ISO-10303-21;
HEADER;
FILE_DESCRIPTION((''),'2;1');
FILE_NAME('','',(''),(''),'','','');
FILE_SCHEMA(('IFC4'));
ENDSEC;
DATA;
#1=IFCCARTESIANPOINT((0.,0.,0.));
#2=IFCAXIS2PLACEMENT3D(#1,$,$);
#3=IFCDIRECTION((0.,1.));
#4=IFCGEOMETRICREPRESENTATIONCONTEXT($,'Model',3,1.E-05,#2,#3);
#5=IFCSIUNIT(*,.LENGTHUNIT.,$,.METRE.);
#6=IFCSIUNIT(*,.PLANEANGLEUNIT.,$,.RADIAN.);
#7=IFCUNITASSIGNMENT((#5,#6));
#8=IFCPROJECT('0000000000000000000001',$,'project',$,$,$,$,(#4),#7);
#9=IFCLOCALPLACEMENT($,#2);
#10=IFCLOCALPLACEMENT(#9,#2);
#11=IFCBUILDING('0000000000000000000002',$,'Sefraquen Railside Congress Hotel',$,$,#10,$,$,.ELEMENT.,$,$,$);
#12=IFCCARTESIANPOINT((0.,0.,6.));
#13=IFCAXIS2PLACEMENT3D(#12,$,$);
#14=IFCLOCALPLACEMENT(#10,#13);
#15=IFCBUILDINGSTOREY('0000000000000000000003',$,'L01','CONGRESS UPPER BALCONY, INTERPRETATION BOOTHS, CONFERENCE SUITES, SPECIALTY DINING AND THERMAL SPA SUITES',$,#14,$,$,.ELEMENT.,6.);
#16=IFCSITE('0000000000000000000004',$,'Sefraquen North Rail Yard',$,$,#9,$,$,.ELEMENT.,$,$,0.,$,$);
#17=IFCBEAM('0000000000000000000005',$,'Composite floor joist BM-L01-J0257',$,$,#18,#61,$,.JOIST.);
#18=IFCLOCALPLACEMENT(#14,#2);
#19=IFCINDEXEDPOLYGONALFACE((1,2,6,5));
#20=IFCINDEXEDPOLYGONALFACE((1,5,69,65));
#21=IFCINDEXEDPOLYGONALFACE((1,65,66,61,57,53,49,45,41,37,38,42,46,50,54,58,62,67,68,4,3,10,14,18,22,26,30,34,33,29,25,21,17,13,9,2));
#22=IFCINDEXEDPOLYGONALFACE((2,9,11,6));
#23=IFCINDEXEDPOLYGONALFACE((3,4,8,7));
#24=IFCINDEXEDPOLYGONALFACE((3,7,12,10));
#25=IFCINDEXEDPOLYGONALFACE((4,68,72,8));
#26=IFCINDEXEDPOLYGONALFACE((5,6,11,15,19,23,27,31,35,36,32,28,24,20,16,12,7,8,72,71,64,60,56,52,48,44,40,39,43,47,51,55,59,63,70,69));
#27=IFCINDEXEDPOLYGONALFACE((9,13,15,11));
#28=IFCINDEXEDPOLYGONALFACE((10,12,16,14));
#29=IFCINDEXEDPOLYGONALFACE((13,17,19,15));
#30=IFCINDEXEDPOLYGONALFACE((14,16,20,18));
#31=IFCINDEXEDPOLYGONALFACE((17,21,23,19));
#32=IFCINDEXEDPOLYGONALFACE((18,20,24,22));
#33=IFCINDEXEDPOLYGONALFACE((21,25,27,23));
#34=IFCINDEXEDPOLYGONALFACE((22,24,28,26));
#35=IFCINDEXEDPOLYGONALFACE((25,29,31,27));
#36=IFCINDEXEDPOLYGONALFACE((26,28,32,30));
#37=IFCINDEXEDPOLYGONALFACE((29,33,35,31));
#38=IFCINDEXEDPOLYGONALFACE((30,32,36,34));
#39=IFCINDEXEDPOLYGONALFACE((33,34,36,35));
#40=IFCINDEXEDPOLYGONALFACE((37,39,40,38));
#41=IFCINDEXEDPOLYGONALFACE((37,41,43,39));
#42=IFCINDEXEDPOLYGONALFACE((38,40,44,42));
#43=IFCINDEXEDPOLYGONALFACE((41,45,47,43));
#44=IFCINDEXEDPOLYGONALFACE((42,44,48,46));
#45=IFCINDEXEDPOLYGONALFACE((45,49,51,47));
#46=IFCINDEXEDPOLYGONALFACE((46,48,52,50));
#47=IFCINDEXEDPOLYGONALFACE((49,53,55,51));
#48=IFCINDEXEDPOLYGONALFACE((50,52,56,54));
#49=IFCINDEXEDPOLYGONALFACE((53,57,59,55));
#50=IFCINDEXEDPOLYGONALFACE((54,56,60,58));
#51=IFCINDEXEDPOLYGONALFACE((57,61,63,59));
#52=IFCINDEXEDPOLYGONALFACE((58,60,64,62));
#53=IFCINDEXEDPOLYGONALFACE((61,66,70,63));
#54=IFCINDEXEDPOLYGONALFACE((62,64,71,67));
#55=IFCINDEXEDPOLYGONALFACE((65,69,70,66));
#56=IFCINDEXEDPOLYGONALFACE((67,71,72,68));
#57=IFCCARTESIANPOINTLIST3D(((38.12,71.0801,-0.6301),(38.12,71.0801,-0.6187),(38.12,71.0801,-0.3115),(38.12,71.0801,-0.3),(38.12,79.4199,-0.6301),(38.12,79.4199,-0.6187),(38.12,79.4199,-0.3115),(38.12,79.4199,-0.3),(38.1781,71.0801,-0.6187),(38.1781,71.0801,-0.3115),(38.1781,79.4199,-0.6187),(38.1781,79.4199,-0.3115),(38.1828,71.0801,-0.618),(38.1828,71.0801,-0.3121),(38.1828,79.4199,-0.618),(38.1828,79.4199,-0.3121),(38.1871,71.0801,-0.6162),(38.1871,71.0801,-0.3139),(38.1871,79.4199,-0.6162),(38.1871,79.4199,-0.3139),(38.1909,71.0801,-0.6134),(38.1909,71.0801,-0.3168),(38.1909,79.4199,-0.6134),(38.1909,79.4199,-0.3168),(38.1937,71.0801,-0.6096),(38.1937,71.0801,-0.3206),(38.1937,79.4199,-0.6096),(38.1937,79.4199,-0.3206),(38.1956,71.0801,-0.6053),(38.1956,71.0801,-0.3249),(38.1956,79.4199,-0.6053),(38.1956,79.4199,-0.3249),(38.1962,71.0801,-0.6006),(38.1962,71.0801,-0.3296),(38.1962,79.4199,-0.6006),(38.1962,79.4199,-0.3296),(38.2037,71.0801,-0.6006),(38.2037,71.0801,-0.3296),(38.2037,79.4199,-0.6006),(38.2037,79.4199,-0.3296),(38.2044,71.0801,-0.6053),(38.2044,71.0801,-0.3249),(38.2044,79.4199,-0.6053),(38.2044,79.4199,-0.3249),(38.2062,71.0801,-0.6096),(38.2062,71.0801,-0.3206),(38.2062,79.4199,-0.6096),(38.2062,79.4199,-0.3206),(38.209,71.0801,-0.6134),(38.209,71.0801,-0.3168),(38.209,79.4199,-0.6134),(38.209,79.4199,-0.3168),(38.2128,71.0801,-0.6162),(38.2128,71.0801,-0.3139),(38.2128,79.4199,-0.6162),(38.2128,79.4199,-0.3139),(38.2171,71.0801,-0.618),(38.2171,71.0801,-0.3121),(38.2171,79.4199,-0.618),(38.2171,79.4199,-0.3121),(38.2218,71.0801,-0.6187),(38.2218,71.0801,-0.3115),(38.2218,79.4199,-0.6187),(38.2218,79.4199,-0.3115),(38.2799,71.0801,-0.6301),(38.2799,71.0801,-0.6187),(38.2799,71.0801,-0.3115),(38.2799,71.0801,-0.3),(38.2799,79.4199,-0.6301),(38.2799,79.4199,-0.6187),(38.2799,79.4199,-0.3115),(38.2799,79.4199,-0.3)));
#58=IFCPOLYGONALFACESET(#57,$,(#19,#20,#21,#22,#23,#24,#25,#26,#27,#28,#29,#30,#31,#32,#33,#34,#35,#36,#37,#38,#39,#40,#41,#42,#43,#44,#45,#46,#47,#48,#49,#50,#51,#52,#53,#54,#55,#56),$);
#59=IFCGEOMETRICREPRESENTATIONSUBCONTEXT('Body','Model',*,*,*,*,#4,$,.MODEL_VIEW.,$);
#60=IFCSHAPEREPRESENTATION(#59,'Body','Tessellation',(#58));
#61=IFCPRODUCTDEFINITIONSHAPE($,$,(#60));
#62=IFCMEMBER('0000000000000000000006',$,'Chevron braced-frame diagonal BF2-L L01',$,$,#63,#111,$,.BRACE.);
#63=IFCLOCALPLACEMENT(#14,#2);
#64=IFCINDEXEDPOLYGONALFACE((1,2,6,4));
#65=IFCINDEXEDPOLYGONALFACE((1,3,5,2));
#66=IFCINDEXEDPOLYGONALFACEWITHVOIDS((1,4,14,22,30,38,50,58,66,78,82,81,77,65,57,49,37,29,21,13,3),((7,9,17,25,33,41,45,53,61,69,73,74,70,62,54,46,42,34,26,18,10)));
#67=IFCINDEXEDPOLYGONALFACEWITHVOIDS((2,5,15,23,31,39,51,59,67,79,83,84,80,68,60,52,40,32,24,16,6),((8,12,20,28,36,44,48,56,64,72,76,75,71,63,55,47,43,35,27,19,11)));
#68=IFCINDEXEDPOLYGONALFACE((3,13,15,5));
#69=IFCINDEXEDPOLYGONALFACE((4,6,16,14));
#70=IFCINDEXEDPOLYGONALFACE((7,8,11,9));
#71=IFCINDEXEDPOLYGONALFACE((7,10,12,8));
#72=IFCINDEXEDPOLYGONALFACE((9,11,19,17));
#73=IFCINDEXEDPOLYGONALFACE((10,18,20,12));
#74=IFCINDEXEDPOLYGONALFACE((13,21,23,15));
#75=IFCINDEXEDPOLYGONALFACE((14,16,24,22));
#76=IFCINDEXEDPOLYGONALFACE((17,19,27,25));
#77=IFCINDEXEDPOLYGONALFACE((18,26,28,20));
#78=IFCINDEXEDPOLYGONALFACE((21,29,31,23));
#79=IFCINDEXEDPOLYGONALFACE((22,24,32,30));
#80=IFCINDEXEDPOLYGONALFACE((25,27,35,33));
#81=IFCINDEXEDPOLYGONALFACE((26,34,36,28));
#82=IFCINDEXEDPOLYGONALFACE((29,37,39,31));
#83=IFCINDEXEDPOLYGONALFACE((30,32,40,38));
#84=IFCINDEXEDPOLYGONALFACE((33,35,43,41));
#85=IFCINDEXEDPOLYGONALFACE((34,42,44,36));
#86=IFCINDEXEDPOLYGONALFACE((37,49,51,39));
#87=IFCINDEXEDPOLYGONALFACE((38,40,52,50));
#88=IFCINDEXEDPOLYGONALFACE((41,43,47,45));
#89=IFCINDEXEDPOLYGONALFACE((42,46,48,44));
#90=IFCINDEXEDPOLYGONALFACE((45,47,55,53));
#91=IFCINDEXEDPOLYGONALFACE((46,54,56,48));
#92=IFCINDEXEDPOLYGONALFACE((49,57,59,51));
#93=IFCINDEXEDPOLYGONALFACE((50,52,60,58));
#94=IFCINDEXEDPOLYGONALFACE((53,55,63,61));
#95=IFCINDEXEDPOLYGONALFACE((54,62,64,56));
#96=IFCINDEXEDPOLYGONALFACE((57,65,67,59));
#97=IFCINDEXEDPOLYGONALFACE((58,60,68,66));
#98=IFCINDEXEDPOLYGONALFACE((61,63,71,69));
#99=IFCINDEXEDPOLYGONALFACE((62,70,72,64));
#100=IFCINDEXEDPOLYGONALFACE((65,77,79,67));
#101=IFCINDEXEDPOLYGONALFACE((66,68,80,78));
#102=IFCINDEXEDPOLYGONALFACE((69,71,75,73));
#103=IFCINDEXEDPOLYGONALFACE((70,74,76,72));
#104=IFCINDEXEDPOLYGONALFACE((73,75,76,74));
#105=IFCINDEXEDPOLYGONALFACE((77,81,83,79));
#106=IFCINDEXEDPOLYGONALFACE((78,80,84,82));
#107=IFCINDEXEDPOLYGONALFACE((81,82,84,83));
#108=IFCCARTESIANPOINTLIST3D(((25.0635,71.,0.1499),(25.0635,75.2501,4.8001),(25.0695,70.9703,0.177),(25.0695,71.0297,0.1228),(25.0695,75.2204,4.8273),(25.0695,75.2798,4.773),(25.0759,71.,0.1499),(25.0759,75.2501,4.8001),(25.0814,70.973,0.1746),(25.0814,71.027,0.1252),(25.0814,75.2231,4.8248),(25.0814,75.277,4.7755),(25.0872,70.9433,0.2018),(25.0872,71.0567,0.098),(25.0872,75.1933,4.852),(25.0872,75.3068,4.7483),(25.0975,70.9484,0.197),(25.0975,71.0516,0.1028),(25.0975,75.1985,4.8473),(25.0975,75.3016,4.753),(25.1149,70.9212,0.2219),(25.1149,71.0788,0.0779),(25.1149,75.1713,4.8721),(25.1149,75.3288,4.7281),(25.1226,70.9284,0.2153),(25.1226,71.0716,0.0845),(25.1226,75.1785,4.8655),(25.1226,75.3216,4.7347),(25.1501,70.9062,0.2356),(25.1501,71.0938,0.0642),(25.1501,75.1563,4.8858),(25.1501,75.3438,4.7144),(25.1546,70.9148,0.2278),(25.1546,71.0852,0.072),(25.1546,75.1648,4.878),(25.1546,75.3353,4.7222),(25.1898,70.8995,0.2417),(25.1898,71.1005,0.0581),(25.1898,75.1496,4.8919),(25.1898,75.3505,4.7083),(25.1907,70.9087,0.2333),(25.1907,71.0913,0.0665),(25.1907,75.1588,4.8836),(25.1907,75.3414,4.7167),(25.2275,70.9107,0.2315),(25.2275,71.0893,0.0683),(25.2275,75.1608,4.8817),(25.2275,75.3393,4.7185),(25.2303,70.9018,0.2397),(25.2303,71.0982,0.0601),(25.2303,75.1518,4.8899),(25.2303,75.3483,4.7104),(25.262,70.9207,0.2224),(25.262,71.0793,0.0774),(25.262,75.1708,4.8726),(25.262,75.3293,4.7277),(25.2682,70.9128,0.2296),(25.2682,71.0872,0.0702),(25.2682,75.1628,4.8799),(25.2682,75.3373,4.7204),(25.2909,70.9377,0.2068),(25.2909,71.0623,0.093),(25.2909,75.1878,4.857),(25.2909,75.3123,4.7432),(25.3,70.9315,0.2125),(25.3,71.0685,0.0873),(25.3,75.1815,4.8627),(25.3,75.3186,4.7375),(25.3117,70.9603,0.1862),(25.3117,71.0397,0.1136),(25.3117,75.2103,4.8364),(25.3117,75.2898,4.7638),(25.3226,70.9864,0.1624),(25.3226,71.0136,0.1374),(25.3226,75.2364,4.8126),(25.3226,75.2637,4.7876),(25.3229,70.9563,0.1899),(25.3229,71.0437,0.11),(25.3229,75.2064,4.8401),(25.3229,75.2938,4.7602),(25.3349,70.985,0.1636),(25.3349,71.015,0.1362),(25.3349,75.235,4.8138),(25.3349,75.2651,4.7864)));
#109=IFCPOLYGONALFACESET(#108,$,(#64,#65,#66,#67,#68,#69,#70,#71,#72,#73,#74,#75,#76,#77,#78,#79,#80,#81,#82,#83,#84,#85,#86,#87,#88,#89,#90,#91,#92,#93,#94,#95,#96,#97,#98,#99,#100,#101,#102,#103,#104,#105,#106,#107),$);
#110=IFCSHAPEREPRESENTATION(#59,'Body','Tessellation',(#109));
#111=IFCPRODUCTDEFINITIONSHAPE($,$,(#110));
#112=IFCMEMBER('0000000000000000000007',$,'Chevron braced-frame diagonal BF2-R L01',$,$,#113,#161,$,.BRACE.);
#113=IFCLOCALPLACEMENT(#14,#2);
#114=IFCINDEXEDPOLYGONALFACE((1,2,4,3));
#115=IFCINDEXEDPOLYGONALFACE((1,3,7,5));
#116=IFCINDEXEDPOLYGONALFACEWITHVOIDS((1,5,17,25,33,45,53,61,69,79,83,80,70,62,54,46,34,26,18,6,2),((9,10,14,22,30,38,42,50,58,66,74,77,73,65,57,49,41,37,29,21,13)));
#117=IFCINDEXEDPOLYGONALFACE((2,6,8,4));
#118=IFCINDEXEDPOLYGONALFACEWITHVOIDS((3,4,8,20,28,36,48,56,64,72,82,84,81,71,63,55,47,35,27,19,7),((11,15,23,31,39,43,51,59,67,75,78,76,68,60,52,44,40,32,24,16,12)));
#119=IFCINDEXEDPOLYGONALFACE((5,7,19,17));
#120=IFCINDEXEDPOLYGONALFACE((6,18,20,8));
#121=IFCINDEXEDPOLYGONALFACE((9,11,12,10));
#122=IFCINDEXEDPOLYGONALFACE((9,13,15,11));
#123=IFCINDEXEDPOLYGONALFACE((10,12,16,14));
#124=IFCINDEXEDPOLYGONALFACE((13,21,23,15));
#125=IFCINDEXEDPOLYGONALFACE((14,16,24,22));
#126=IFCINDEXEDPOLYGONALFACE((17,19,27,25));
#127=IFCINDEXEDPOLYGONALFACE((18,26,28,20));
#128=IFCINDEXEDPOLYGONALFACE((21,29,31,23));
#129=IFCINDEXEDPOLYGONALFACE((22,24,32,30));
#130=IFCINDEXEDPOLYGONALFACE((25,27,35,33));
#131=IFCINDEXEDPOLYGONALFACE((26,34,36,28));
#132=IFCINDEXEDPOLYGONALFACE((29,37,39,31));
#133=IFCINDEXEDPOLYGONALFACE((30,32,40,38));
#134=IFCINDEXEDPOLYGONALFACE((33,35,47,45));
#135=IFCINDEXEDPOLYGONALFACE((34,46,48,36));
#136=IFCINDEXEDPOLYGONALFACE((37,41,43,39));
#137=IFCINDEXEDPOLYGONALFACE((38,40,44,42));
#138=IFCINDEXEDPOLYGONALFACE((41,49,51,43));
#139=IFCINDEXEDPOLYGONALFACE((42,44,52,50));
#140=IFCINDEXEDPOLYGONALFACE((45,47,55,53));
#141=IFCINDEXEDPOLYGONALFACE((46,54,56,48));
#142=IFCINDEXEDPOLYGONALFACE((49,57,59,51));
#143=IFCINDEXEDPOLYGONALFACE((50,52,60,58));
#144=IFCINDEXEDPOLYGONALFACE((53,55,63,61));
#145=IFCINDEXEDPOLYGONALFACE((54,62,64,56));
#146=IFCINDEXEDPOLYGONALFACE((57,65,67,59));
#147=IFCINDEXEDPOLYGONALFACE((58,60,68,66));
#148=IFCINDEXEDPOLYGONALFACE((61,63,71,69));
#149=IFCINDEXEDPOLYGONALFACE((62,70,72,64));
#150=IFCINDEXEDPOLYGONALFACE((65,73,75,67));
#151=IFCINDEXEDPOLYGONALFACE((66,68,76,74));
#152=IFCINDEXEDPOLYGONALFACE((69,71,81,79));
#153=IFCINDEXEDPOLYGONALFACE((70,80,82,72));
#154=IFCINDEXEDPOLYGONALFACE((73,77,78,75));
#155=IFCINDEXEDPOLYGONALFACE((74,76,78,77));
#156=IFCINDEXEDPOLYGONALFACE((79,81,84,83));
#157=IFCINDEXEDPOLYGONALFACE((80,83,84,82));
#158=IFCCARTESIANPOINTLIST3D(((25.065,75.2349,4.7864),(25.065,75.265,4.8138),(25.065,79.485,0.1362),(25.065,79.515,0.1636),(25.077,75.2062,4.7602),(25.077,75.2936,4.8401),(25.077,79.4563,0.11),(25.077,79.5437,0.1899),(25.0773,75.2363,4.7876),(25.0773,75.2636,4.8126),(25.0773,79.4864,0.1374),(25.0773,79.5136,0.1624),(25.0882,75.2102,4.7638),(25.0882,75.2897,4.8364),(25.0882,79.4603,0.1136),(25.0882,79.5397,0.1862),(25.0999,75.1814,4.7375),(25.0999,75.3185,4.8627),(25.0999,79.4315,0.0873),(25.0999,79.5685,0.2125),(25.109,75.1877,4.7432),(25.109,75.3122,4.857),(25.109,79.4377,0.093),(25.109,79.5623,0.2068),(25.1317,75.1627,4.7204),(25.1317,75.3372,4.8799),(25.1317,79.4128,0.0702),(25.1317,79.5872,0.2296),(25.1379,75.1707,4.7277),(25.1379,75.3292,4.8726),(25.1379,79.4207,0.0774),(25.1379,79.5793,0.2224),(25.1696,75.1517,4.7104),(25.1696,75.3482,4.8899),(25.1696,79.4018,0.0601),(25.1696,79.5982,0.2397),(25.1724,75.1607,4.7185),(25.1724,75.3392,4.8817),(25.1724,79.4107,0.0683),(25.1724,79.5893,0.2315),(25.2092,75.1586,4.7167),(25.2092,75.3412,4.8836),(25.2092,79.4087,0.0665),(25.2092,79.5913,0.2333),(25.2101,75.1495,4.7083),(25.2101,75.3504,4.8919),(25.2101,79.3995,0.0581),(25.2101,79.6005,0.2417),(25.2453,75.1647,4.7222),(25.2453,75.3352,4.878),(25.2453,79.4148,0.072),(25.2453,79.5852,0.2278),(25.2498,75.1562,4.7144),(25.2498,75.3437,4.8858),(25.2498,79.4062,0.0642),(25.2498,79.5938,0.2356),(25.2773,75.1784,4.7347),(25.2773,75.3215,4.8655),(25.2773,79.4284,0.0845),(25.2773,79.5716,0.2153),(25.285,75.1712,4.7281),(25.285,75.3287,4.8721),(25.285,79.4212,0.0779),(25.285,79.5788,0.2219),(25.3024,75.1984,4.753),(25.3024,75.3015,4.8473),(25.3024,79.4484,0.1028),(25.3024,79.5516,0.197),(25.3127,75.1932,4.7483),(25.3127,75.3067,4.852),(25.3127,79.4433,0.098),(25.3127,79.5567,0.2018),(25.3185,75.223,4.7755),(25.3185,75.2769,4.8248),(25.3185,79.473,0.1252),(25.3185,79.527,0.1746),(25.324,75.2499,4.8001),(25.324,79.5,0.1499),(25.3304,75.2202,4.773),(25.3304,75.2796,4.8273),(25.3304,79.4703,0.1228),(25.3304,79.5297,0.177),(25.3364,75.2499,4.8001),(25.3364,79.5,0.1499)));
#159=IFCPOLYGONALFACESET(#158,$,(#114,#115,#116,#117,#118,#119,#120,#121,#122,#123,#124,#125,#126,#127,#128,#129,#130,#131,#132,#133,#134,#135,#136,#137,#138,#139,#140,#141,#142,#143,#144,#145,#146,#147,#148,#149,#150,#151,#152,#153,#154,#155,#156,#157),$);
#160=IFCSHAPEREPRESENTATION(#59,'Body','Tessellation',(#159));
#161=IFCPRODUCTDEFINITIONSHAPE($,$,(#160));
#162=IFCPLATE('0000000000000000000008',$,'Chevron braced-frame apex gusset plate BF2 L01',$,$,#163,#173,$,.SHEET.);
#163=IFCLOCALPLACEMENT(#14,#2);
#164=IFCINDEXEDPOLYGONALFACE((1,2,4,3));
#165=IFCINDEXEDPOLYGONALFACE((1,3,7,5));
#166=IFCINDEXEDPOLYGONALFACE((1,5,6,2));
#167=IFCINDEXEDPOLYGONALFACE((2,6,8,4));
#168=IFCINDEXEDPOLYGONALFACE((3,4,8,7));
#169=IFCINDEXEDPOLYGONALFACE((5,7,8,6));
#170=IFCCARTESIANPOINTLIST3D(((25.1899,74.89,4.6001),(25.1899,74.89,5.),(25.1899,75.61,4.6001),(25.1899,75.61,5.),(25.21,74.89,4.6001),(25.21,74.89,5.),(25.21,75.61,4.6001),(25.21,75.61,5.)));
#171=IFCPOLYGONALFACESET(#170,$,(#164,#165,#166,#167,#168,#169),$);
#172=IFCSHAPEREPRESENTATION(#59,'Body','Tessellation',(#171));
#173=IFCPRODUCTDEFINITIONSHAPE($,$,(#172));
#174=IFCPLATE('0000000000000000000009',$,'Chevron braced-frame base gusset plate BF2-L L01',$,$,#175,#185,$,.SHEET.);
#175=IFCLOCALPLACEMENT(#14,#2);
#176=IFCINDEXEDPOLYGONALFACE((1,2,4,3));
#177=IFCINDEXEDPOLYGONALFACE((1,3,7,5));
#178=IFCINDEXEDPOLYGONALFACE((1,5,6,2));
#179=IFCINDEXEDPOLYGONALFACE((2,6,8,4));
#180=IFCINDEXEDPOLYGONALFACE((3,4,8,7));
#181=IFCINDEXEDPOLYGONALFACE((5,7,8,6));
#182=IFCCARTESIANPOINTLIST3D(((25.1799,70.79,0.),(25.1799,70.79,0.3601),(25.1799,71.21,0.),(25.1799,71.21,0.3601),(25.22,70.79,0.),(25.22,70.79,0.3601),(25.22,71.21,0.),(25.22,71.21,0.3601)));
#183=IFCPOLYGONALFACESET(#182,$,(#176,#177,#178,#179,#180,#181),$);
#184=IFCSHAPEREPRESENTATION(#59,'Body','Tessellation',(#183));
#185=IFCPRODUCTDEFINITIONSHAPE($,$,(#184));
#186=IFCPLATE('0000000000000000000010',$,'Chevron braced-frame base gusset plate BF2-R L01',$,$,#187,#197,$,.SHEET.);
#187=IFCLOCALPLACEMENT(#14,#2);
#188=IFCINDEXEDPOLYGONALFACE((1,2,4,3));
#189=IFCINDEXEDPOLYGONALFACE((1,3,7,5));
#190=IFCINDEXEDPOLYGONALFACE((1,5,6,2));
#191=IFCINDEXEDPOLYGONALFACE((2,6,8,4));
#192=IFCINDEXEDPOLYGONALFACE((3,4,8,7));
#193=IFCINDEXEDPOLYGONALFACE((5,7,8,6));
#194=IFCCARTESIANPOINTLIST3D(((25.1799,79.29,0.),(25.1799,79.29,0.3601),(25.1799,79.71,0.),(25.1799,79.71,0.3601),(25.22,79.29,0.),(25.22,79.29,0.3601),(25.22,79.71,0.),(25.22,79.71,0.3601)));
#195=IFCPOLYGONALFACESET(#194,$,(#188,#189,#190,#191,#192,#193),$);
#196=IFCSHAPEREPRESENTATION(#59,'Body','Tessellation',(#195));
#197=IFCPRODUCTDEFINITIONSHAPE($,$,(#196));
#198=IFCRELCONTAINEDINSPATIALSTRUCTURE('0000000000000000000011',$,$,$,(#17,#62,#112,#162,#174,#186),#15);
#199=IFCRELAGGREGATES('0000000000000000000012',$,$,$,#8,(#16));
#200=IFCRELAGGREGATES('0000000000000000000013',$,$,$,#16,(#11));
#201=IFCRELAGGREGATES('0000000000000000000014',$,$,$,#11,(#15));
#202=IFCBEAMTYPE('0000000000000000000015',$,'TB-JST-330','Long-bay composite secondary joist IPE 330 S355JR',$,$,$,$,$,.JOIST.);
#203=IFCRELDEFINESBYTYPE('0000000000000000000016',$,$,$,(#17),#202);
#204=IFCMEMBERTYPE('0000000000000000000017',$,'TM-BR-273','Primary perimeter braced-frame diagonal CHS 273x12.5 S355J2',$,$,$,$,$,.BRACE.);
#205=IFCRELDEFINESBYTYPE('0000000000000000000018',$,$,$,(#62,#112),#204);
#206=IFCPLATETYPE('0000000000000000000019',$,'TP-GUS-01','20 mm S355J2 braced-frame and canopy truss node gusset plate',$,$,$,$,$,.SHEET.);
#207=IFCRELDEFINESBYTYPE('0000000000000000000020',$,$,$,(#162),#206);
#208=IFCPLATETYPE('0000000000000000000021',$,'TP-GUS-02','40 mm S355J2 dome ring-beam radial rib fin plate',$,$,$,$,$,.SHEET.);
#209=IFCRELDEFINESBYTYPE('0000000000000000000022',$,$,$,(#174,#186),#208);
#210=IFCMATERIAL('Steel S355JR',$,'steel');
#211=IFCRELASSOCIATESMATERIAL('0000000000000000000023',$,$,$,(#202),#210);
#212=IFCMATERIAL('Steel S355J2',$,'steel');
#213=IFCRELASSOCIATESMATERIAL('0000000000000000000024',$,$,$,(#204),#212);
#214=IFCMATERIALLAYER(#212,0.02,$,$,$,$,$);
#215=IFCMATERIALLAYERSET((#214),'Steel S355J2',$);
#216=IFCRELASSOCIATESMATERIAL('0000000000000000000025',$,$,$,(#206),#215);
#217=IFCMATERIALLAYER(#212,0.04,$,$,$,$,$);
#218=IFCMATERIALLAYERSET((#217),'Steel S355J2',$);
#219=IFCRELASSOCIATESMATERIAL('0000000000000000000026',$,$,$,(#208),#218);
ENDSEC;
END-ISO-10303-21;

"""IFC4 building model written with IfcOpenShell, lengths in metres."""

from ifc_helpers import new_model, si_unit, direction, frame, origin, origin_2d, place, context, subcontext, project, spatial, rectangle, hollow_circle, i_section, extrude, material, layer, layer_set, material_profile, profile_set, type_object, element, save


model = new_model("IFC4")

# Units and contexts
model_context = context("Model", 3, precision=1e-05, world=origin(), true_north=direction((0.0, 1.0)))
body_context = subcontext(model_context, "Body", "Model", "MODEL_VIEW")
ifc_project = project(units=[si_unit("LENGTHUNIT", "METRE"), si_unit("PLANEANGLEUNIT", "RADIAN")], contexts=[model_context])

# Site, building, storey
site_placement = place(None, origin())
site = spatial("IfcSite", under=ifc_project, at=site_placement, Name="Sefraquen North Rail Yard", CompositionType="ELEMENT", RefElevation=0.0)
building_placement = place(site_placement, origin())
building = spatial("IfcBuilding", under=site, at=building_placement, Name="Sefraquen Railside Congress Hotel", CompositionType="ELEMENT")
storey_placement = place(building_placement, frame((0.0, 0.0, 6.0)))
storey = spatial("IfcBuildingStorey", under=building, at=storey_placement, Name="L01", Description="CONGRESS UPPER BALCONY, INTERPRETATION BOOTHS, CONFERENCE SUITES, SPECIALTY DINING AND THERMAL SPA SUITES", CompositionType="ELEMENT", Elevation=6.0)

# Shared definitions
ifc_material_1 = material(Name="Steel S355J2", Category="steel")
ifc_material_2 = material(Name="Steel S355JR", Category="steel")

# Beam
ifc_material_profile_1 = material_profile(ifc_material_2, i_section(OverallWidth=0.1599, OverallDepth=0.3301, WebThickness=0.0076, FlangeThickness=0.0115, FilletRadius=0.0181, at=origin_2d()), Name="IPE 330")
ifc_profile_set_1 = profile_set([ifc_material_profile_1], Name="Steel S355JR")
beam_type_1 = type_object("IfcBeamType", Name="TB-JST-330", Description="Long-bay composite secondary joist IPE 330 S355JR", PredefinedType="JOIST", material=ifc_profile_set_1)
for number, where, z_axis, x_axis, name in (
    (1, (38.2, 71.0801, -0.4651), (0.0, 1.0, 0.0), (-1.0, 0.0, 0.0), "Composite floor joist BM-L01-J0257"),
):
    element("IfcBeam", number, at=place(storey_placement, frame(where, z_axis=z_axis, x_axis=x_axis)), inside=storey, type_object=beam_type_1, Name=name, PredefinedType="JOIST", context=body_context, shape_type="SweptSolid", body=[
        extrude(i_section(OverallWidth=0.1599, OverallDepth=0.3301, WebThickness=0.0076, FlangeThickness=0.0115, FilletRadius=0.0181, at=origin_2d()), origin(), (0.0, 0.0, 1.0), 8.3398),
    ])

# Members
ifc_material_profile_2 = material_profile(ifc_material_1, hollow_circle(Radius=0.1365, WallThickness=0.0125, at=origin_2d()), Name="CHS 273x12.5")
ifc_profile_set_2 = profile_set([ifc_material_profile_2], Name="Steel S355J2")
member_type = type_object("IfcMemberType", Name="TM-BR-273", Description="Primary perimeter braced-frame diagonal CHS 273x12.5 S355J2", PredefinedType="BRACE", material=ifc_profile_set_2)
for number, where, z_axis, x_axis, name in (
    (2, (25.2, 71.0, 0.1499), (0.0, 0.674634, 0.738152), (-1.0, 0.0, 0.0), "Chevron braced-frame diagonal BF2-L L01"),
    (3, (25.2, 79.5, 0.1499), (0.0, -0.674634, 0.738152), (1.0, 0.0, 0.0), "Chevron braced-frame diagonal BF2-R L01"),
):
    element("IfcMember", number, at=place(storey_placement, frame(where, z_axis=z_axis, x_axis=x_axis)), inside=storey, type_object=member_type, Name=name, PredefinedType="BRACE", context=body_context, shape_type="SweptSolid", body=[
        extrude(hollow_circle(Radius=0.1365, WallThickness=0.0125, at=origin_2d()), origin(), (0.0, 0.0, 1.0), 6.2998),
    ])

# Plates
ifc_layer_1 = layer(ifc_material_1, 0.02)
ifc_layer_set_1 = layer_set([ifc_layer_1], Name="Steel S355J2")
plate_type_1 = type_object("IfcPlateType", Name="TP-GUS-01", Description="20 mm S355J2 braced-frame and canopy truss node gusset plate", PredefinedType="SHEET", material=ifc_layer_set_1)
plate_placement = place(storey_placement, frame((25.2, 75.25, 4.6001), z_axis=(0.0, 0.0, 1.0), x_axis=(0.0, 1.0, 0.0)))
element("IfcPlate", 4, at=plate_placement, inside=storey, type_object=plate_type_1, Name="Chevron braced-frame apex gusset plate BF2 L01", PredefinedType="SHEET", context=body_context, shape_type="SweptSolid", body=[
    extrude(rectangle(XDim=0.72, YDim=0.02, at=origin_2d()), origin(), (0.0, 0.0, 1.0), 0.3999),
])
ifc_layer_2 = layer(ifc_material_1, 0.04)
ifc_layer_set_2 = layer_set([ifc_layer_2], Name="Steel S355J2")
plate_type_2 = type_object("IfcPlateType", Name="TP-GUS-02", Description="40 mm S355J2 dome ring-beam radial rib fin plate", PredefinedType="SHEET", material=ifc_layer_set_2)
for number, where, z_axis, x_axis, name in (
    (5, (25.2, 71.0, 0.0), (0.0, 0.0, 1.0), (0.0, 1.0, 0.0), "Chevron braced-frame base gusset plate BF2-L L01"),
    (6, (25.2, 79.5, 0.0), (0.0, 0.0, 1.0), (0.0, 1.0, 0.0), "Chevron braced-frame base gusset plate BF2-R L01"),
):
    element("IfcPlate", number, at=place(storey_placement, frame(where, z_axis=z_axis, x_axis=x_axis)), inside=storey, type_object=plate_type_2, Name=name, PredefinedType="SHEET", context=body_context, shape_type="SweptSolid", body=[
        extrude(rectangle(XDim=0.4199, YDim=0.04, at=origin_2d()), origin(), (0.0, 0.0, 1.0), 0.3601),
    ])

save(model, "model.ifc")
